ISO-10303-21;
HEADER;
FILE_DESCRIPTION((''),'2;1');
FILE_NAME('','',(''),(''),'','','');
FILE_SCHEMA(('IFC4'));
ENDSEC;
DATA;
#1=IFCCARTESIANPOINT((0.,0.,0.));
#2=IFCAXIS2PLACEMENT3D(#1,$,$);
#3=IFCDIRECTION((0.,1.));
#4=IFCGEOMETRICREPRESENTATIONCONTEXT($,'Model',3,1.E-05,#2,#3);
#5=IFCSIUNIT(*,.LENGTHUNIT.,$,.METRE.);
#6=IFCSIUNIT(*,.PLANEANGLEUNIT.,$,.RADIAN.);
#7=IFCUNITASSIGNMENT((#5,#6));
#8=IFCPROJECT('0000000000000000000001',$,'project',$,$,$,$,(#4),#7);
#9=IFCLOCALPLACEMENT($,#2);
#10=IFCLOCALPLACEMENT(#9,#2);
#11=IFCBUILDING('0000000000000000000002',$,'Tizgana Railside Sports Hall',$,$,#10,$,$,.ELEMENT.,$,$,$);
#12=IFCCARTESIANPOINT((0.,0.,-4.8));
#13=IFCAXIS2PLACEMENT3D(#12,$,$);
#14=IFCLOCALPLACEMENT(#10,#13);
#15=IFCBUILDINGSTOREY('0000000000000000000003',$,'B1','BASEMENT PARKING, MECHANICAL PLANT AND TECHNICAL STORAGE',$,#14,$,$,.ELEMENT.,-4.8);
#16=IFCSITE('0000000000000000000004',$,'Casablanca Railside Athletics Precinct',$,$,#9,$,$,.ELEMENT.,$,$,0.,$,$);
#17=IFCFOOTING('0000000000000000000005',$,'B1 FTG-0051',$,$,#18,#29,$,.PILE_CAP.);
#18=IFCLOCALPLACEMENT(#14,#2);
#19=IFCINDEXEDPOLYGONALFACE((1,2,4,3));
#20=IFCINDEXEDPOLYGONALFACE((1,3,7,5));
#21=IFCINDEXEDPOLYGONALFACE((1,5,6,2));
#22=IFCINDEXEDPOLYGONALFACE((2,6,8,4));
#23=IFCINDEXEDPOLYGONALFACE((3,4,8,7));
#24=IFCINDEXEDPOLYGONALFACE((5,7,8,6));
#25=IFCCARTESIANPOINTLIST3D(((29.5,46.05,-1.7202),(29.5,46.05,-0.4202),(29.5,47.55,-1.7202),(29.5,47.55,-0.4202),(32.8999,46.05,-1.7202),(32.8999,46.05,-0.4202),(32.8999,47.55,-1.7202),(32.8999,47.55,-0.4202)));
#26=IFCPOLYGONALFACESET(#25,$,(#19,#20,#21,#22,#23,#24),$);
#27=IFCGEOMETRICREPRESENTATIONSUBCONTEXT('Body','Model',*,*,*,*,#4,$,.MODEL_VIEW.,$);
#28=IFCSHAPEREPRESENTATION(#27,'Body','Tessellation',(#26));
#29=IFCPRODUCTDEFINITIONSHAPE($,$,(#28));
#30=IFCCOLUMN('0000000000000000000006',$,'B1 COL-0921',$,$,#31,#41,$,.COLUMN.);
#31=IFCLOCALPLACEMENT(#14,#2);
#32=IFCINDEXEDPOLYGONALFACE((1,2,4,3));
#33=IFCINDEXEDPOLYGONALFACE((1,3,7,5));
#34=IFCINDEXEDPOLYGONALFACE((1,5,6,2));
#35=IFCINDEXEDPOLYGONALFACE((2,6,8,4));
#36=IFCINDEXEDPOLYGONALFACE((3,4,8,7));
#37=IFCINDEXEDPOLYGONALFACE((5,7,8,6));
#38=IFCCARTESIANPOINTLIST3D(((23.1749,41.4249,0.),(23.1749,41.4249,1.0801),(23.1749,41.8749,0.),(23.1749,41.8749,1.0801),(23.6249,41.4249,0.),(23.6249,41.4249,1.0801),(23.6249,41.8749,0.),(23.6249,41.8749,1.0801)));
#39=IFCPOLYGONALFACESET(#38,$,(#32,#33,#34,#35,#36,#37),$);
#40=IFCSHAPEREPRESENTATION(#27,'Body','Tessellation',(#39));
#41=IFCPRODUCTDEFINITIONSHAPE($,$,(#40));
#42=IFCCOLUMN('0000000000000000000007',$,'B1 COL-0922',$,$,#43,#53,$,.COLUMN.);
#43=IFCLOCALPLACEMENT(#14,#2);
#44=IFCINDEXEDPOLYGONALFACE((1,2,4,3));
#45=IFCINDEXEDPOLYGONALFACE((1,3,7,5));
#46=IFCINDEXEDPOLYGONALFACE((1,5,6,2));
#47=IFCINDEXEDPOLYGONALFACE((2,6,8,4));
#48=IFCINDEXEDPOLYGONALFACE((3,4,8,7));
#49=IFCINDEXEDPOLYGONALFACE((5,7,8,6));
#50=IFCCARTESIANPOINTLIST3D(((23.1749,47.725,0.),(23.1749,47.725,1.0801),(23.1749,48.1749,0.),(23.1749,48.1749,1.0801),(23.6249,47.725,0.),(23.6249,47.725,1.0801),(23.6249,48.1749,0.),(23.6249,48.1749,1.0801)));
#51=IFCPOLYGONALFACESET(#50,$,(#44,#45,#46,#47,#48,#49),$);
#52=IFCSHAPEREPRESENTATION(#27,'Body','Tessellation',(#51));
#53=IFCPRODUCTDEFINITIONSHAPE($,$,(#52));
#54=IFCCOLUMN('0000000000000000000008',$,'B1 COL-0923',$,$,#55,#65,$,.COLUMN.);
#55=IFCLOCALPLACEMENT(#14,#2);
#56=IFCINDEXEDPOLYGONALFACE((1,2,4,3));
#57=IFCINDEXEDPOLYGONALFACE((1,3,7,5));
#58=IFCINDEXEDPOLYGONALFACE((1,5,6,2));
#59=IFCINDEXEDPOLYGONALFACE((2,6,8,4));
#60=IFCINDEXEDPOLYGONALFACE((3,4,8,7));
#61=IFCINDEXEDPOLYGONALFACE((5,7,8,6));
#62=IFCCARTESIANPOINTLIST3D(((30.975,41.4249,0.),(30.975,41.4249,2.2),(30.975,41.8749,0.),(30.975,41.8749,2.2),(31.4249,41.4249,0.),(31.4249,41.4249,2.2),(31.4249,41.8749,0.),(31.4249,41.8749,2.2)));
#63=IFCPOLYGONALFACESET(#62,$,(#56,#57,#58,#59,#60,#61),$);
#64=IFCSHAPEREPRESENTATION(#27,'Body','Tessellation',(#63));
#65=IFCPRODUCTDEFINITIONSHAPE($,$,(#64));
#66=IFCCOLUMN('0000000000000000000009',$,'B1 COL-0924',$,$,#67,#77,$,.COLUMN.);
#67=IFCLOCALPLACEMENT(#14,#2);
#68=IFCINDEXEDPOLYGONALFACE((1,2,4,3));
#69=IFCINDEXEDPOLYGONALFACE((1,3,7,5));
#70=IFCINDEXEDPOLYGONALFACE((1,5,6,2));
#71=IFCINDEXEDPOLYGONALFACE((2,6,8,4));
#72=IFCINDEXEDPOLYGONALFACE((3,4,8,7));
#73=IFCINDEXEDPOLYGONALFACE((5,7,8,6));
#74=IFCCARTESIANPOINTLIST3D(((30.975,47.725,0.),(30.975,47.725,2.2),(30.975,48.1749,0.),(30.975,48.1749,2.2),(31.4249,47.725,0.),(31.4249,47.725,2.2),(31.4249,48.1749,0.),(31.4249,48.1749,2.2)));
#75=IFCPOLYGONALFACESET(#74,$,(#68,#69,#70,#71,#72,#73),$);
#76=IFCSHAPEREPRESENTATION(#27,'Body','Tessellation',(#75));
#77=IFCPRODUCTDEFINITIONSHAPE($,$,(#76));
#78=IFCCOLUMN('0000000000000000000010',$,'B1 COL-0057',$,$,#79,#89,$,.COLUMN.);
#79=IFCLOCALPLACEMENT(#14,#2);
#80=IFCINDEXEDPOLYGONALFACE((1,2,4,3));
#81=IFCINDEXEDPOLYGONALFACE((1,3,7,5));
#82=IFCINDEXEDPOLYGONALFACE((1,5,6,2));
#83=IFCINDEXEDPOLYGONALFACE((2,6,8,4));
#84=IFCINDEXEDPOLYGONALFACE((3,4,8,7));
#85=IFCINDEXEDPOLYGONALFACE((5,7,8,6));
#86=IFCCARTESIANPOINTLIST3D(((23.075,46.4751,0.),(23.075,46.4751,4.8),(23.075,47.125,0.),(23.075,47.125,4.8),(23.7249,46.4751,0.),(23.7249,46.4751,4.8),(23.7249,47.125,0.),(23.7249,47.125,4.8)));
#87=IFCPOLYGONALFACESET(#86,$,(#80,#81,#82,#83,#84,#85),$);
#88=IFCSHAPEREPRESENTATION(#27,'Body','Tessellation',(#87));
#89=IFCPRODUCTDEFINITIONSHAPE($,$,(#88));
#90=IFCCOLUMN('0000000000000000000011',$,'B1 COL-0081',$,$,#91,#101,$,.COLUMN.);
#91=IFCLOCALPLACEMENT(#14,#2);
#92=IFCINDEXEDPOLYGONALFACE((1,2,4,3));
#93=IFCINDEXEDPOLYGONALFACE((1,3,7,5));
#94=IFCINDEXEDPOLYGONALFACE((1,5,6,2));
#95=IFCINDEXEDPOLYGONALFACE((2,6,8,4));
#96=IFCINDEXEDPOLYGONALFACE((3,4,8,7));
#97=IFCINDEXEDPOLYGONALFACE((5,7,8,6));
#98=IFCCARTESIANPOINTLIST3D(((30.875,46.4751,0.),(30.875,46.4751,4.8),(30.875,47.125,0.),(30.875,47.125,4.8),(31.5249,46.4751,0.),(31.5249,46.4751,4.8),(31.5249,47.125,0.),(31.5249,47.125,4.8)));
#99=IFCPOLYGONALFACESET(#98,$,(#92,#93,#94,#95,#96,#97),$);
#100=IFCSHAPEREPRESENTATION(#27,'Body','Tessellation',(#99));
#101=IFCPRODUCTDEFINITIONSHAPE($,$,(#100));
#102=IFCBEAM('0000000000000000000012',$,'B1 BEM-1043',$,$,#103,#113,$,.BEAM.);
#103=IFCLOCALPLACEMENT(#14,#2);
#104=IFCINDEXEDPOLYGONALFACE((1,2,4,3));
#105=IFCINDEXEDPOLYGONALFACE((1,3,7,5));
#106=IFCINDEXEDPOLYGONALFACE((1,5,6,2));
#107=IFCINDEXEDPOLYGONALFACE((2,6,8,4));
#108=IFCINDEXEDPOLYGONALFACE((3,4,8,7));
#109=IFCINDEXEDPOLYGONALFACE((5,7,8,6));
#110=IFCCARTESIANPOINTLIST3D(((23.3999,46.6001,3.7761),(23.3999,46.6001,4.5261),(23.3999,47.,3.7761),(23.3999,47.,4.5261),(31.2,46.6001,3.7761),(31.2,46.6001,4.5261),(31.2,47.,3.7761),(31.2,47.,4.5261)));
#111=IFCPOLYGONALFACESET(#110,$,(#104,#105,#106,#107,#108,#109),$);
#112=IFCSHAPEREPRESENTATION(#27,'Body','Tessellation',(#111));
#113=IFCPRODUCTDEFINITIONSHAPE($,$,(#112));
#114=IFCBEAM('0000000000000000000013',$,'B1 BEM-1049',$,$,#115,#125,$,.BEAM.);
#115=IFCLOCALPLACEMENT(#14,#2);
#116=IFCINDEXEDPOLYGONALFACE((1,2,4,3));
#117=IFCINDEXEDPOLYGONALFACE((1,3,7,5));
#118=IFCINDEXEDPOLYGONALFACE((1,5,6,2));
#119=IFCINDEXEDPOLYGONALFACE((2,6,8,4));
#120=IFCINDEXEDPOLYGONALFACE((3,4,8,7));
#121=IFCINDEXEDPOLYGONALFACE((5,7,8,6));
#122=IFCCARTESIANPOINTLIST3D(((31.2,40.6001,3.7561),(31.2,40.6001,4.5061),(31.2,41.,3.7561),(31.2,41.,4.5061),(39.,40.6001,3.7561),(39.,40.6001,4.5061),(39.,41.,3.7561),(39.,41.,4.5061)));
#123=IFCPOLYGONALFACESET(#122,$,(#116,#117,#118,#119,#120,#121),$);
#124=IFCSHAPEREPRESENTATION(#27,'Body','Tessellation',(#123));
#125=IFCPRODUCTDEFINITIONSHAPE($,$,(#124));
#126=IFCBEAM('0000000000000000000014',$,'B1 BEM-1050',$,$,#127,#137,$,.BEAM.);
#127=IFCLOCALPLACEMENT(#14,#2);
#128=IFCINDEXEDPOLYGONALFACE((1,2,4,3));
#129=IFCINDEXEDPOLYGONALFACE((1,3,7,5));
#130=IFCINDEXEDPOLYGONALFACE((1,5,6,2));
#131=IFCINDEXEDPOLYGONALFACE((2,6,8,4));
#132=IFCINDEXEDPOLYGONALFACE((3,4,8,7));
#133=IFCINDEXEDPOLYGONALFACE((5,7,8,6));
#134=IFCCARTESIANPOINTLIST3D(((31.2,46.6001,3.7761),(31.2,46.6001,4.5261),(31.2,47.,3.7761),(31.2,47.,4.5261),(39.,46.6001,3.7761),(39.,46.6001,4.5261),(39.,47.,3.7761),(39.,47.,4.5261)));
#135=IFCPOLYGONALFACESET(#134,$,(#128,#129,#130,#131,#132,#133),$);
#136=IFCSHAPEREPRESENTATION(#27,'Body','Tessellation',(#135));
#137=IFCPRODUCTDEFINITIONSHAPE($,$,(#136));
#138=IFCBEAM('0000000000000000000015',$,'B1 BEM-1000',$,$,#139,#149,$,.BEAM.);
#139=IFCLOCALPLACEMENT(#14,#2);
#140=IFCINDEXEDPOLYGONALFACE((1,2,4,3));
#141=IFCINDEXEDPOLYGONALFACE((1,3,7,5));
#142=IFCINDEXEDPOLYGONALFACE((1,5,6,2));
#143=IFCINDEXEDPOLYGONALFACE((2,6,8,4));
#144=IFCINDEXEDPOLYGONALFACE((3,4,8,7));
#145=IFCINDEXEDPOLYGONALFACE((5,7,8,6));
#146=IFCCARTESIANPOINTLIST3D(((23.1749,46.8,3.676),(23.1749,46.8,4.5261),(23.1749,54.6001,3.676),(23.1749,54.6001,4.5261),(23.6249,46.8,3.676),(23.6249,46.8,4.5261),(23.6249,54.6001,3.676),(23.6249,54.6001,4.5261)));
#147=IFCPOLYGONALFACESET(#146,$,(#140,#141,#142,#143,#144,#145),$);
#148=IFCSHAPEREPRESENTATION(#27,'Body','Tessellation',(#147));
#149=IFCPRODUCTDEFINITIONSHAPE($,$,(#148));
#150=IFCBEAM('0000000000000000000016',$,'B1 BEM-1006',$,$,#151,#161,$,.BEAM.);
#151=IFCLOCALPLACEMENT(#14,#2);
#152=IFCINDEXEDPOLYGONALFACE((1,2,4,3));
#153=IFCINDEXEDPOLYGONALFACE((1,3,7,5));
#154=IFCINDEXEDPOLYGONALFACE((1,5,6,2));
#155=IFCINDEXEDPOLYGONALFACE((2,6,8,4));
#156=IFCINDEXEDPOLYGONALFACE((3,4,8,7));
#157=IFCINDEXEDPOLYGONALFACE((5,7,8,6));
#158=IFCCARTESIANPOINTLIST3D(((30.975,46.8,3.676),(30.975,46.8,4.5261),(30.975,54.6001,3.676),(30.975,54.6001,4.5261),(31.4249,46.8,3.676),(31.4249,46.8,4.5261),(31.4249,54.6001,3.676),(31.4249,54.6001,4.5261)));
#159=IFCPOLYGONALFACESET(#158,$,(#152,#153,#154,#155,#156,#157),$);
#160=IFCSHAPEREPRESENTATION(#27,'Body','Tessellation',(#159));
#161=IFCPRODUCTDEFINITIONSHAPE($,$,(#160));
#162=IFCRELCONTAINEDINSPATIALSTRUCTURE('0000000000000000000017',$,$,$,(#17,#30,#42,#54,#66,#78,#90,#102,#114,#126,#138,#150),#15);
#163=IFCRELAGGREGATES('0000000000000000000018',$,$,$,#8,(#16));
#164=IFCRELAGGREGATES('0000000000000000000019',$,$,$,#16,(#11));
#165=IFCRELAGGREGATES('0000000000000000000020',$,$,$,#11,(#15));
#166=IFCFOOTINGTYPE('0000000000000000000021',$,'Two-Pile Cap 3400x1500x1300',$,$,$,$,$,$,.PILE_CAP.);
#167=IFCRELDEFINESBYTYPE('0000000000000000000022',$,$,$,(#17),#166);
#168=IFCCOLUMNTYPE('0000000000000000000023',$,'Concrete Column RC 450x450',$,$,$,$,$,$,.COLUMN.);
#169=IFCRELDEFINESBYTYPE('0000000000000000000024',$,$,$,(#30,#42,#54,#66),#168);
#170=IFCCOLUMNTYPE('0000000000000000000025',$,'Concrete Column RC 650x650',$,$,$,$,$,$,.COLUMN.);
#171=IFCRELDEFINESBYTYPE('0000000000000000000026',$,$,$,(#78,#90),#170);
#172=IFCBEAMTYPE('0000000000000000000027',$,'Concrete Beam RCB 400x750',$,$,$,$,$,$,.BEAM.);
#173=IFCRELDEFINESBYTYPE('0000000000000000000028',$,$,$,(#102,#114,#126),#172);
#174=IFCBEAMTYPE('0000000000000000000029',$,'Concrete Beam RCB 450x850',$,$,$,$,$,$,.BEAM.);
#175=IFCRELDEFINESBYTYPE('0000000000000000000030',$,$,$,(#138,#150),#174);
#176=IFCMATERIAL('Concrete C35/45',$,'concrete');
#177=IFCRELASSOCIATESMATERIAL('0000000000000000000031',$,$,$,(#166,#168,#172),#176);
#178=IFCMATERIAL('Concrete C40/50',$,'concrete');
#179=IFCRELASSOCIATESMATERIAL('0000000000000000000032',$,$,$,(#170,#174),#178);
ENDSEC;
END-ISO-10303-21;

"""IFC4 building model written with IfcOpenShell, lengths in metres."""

from ifc_helpers import new_model, si_unit, direction, frame, origin, origin_2d, place, context, subcontext, project, spatial, rectangle, extrude, material, material_profile, profile_set, type_object, element, save


model = new_model("IFC4")

# Units and contexts
model_context = context("Model", 3, precision=1e-05, world=origin(), true_north=direction((0.0, 1.0)))
body_context = subcontext(model_context, "Body", "Model", "MODEL_VIEW")
ifc_project = project(units=[si_unit("LENGTHUNIT", "METRE"), si_unit("PLANEANGLEUNIT", "RADIAN")], contexts=[model_context])

# Site, building, storey
site_placement = place(None, origin())
site = spatial("IfcSite", under=ifc_project, at=site_placement, Name="Casablanca Railside Athletics Precinct", CompositionType="ELEMENT", RefElevation=0.0)
building_placement = place(site_placement, origin())
building = spatial("IfcBuilding", under=site, at=building_placement, Name="Tizgana Railside Sports Hall", CompositionType="ELEMENT")
storey_placement = place(building_placement, frame((0.0, 0.0, -4.8)))
storey = spatial("IfcBuildingStorey", under=building, at=storey_placement, Name="B1", Description="BASEMENT PARKING, MECHANICAL PLANT AND TECHNICAL STORAGE", CompositionType="ELEMENT", Elevation=-4.8)

# Shared definitions
ifc_material_1 = material(Name="Concrete C35/45", Category="concrete")

# Footing
footing_type_1 = type_object("IfcFootingType", Name="Two-Pile Cap 3400x1500x1300", PredefinedType="PILE_CAP", material=ifc_material_1)
for number, where, z_axis, x_axis, name in (
    (1, (31.2, 46.8, -1.7202), (0.0, 0.0, 1.0), (1.0, 0.0, 0.0), "B1 FTG-0051"),
):
    element("IfcFooting", number, at=place(storey_placement, frame(where, z_axis=z_axis, x_axis=x_axis)), inside=storey, type_object=footing_type_1, Name=name, PredefinedType="PILE_CAP", context=body_context, shape_type="SweptSolid", body=[
        extrude(rectangle(XDim=3.3999, YDim=1.5, at=origin_2d()), origin(), (0.0, 0.0, 1.0), 1.3),
    ])

# Columns
ifc_material_profile_1 = material_profile(ifc_material_1, rectangle(XDim=0.45, YDim=0.45, at=origin_2d()), Name="RC 450x450")
ifc_profile_set_1 = profile_set([ifc_material_profile_1], Name="Concrete C35/45")
column_type_1 = type_object("IfcColumnType", Name="Concrete Column RC 450x450", PredefinedType="COLUMN", material=ifc_profile_set_1)
for number, where, z_axis, x_axis, name in (
    (2, (23.3999, 41.6499, 0.0), (0.0, 0.0, 1.0), (1.0, 0.0, 0.0), "B1 COL-0921"),
    (3, (23.3999, 47.95, 0.0), (0.0, 0.0, 1.0), (1.0, 0.0, 0.0), "B1 COL-0922"),
):
    element("IfcColumn", number, at=place(storey_placement, frame(where, z_axis=z_axis, x_axis=x_axis)), inside=storey, type_object=column_type_1, Name=name, PredefinedType="COLUMN", context=body_context, shape_type="SweptSolid", body=[
        extrude(rectangle(XDim=0.45, YDim=0.45, at=origin_2d()), origin(), (0.0, 0.0, 1.0), 1.0801),
    ])
for number, where, z_axis, x_axis, name in (
    (4, (31.2, 41.6499, 0.0), (0.0, 0.0, 1.0), (1.0, 0.0, 0.0), "B1 COL-0923"),
    (5, (31.2, 47.95, 0.0), (0.0, 0.0, 1.0), (1.0, 0.0, 0.0), "B1 COL-0924"),
):
    element("IfcColumn", number, at=place(storey_placement, frame(where, z_axis=z_axis, x_axis=x_axis)), inside=storey, type_object=column_type_1, Name=name, PredefinedType="COLUMN", context=body_context, shape_type="SweptSolid", body=[
        extrude(rectangle(XDim=0.45, YDim=0.45, at=origin_2d()), origin(), (0.0, 0.0, 1.0), 2.2),
    ])
ifc_material_2 = material(Name="Concrete C40/50", Category="concrete")
ifc_material_profile_2 = material_profile(ifc_material_2, rectangle(XDim=0.6499, YDim=0.6499, at=origin_2d()), Name="RC 650x650")
ifc_profile_set_2 = profile_set([ifc_material_profile_2], Name="Concrete C40/50")
column_type_2 = type_object("IfcColumnType", Name="Concrete Column RC 650x650", PredefinedType="COLUMN", material=ifc_profile_set_2)
for number, where, z_axis, x_axis, name in (
    (6, (23.3999, 46.8, 0.0), (0.0, 0.0, 1.0), (1.0, 0.0, 0.0), "B1 COL-0057"),
    (7, (31.2, 46.8, 0.0), (0.0, 0.0, 1.0), (1.0, 0.0, 0.0), "B1 COL-0081"),
):
    element("IfcColumn", number, at=place(storey_placement, frame(where, z_axis=z_axis, x_axis=x_axis)), inside=storey, type_object=column_type_2, Name=name, PredefinedType="COLUMN", context=body_context, shape_type="SweptSolid", body=[
        extrude(rectangle(XDim=0.6499, YDim=0.6499, at=origin_2d()), origin(), (0.0, 0.0, 1.0), 4.8),
    ])

# Beams
ifc_material_profile_3 = material_profile(ifc_material_1, rectangle(XDim=0.3999, YDim=0.75, at=origin_2d()), Name="RCB 400x750")
ifc_profile_set_3 = profile_set([ifc_material_profile_3], Name="Concrete C35/45")
beam_type_1 = type_object("IfcBeamType", Name="Concrete Beam RCB 400x750", PredefinedType="BEAM", material=ifc_profile_set_3)
for number, where, z_axis, x_axis, name in (
    (8, (23.3999, 46.8, 4.1511), (1.0, 0.0, 0.0), (0.0, 1.0, 0.0), "B1 BEM-1043"),
    (9, (31.2, 40.8, 4.1311), (1.0, 0.0, 0.0), (0.0, 1.0, 0.0), "B1 BEM-1049"),
    (10, (31.2, 46.8, 4.1511), (1.0, 0.0, 0.0), (0.0, 1.0, 0.0), "B1 BEM-1050"),
):
    element("IfcBeam", number, at=place(storey_placement, frame(where, z_axis=z_axis, x_axis=x_axis)), inside=storey, type_object=beam_type_1, Name=name, PredefinedType="BEAM", context=body_context, shape_type="SweptSolid", body=[
        extrude(rectangle(XDim=0.3999, YDim=0.75, at=origin_2d()), origin(), (0.0, 0.0, 1.0), 7.8),
    ])
ifc_material_profile_4 = material_profile(ifc_material_2, rectangle(XDim=0.45, YDim=0.8501, at=origin_2d()), Name="RCB 450x850")
ifc_profile_set_4 = profile_set([ifc_material_profile_4], Name="Concrete C40/50")
beam_type_2 = type_object("IfcBeamType", Name="Concrete Beam RCB 450x850", PredefinedType="BEAM", material=ifc_profile_set_4)
for number, where, z_axis, x_axis, name in (
    (11, (23.3999, 46.8, 4.1011), (0.0, 1.0, 0.0), (-1.0, 0.0, 0.0), "B1 BEM-1000"),
    (12, (31.2, 46.8, 4.1011), (0.0, 1.0, 0.0), (-1.0, 0.0, 0.0), "B1 BEM-1006"),
):
    element("IfcBeam", number, at=place(storey_placement, frame(where, z_axis=z_axis, x_axis=x_axis)), inside=storey, type_object=beam_type_2, Name=name, PredefinedType="BEAM", context=body_context, shape_type="SweptSolid", body=[
        extrude(rectangle(XDim=0.45, YDim=0.8501, at=origin_2d()), origin(), (0.0, 0.0, 1.0), 7.8),
    ])

save(model, "model.ifc")
